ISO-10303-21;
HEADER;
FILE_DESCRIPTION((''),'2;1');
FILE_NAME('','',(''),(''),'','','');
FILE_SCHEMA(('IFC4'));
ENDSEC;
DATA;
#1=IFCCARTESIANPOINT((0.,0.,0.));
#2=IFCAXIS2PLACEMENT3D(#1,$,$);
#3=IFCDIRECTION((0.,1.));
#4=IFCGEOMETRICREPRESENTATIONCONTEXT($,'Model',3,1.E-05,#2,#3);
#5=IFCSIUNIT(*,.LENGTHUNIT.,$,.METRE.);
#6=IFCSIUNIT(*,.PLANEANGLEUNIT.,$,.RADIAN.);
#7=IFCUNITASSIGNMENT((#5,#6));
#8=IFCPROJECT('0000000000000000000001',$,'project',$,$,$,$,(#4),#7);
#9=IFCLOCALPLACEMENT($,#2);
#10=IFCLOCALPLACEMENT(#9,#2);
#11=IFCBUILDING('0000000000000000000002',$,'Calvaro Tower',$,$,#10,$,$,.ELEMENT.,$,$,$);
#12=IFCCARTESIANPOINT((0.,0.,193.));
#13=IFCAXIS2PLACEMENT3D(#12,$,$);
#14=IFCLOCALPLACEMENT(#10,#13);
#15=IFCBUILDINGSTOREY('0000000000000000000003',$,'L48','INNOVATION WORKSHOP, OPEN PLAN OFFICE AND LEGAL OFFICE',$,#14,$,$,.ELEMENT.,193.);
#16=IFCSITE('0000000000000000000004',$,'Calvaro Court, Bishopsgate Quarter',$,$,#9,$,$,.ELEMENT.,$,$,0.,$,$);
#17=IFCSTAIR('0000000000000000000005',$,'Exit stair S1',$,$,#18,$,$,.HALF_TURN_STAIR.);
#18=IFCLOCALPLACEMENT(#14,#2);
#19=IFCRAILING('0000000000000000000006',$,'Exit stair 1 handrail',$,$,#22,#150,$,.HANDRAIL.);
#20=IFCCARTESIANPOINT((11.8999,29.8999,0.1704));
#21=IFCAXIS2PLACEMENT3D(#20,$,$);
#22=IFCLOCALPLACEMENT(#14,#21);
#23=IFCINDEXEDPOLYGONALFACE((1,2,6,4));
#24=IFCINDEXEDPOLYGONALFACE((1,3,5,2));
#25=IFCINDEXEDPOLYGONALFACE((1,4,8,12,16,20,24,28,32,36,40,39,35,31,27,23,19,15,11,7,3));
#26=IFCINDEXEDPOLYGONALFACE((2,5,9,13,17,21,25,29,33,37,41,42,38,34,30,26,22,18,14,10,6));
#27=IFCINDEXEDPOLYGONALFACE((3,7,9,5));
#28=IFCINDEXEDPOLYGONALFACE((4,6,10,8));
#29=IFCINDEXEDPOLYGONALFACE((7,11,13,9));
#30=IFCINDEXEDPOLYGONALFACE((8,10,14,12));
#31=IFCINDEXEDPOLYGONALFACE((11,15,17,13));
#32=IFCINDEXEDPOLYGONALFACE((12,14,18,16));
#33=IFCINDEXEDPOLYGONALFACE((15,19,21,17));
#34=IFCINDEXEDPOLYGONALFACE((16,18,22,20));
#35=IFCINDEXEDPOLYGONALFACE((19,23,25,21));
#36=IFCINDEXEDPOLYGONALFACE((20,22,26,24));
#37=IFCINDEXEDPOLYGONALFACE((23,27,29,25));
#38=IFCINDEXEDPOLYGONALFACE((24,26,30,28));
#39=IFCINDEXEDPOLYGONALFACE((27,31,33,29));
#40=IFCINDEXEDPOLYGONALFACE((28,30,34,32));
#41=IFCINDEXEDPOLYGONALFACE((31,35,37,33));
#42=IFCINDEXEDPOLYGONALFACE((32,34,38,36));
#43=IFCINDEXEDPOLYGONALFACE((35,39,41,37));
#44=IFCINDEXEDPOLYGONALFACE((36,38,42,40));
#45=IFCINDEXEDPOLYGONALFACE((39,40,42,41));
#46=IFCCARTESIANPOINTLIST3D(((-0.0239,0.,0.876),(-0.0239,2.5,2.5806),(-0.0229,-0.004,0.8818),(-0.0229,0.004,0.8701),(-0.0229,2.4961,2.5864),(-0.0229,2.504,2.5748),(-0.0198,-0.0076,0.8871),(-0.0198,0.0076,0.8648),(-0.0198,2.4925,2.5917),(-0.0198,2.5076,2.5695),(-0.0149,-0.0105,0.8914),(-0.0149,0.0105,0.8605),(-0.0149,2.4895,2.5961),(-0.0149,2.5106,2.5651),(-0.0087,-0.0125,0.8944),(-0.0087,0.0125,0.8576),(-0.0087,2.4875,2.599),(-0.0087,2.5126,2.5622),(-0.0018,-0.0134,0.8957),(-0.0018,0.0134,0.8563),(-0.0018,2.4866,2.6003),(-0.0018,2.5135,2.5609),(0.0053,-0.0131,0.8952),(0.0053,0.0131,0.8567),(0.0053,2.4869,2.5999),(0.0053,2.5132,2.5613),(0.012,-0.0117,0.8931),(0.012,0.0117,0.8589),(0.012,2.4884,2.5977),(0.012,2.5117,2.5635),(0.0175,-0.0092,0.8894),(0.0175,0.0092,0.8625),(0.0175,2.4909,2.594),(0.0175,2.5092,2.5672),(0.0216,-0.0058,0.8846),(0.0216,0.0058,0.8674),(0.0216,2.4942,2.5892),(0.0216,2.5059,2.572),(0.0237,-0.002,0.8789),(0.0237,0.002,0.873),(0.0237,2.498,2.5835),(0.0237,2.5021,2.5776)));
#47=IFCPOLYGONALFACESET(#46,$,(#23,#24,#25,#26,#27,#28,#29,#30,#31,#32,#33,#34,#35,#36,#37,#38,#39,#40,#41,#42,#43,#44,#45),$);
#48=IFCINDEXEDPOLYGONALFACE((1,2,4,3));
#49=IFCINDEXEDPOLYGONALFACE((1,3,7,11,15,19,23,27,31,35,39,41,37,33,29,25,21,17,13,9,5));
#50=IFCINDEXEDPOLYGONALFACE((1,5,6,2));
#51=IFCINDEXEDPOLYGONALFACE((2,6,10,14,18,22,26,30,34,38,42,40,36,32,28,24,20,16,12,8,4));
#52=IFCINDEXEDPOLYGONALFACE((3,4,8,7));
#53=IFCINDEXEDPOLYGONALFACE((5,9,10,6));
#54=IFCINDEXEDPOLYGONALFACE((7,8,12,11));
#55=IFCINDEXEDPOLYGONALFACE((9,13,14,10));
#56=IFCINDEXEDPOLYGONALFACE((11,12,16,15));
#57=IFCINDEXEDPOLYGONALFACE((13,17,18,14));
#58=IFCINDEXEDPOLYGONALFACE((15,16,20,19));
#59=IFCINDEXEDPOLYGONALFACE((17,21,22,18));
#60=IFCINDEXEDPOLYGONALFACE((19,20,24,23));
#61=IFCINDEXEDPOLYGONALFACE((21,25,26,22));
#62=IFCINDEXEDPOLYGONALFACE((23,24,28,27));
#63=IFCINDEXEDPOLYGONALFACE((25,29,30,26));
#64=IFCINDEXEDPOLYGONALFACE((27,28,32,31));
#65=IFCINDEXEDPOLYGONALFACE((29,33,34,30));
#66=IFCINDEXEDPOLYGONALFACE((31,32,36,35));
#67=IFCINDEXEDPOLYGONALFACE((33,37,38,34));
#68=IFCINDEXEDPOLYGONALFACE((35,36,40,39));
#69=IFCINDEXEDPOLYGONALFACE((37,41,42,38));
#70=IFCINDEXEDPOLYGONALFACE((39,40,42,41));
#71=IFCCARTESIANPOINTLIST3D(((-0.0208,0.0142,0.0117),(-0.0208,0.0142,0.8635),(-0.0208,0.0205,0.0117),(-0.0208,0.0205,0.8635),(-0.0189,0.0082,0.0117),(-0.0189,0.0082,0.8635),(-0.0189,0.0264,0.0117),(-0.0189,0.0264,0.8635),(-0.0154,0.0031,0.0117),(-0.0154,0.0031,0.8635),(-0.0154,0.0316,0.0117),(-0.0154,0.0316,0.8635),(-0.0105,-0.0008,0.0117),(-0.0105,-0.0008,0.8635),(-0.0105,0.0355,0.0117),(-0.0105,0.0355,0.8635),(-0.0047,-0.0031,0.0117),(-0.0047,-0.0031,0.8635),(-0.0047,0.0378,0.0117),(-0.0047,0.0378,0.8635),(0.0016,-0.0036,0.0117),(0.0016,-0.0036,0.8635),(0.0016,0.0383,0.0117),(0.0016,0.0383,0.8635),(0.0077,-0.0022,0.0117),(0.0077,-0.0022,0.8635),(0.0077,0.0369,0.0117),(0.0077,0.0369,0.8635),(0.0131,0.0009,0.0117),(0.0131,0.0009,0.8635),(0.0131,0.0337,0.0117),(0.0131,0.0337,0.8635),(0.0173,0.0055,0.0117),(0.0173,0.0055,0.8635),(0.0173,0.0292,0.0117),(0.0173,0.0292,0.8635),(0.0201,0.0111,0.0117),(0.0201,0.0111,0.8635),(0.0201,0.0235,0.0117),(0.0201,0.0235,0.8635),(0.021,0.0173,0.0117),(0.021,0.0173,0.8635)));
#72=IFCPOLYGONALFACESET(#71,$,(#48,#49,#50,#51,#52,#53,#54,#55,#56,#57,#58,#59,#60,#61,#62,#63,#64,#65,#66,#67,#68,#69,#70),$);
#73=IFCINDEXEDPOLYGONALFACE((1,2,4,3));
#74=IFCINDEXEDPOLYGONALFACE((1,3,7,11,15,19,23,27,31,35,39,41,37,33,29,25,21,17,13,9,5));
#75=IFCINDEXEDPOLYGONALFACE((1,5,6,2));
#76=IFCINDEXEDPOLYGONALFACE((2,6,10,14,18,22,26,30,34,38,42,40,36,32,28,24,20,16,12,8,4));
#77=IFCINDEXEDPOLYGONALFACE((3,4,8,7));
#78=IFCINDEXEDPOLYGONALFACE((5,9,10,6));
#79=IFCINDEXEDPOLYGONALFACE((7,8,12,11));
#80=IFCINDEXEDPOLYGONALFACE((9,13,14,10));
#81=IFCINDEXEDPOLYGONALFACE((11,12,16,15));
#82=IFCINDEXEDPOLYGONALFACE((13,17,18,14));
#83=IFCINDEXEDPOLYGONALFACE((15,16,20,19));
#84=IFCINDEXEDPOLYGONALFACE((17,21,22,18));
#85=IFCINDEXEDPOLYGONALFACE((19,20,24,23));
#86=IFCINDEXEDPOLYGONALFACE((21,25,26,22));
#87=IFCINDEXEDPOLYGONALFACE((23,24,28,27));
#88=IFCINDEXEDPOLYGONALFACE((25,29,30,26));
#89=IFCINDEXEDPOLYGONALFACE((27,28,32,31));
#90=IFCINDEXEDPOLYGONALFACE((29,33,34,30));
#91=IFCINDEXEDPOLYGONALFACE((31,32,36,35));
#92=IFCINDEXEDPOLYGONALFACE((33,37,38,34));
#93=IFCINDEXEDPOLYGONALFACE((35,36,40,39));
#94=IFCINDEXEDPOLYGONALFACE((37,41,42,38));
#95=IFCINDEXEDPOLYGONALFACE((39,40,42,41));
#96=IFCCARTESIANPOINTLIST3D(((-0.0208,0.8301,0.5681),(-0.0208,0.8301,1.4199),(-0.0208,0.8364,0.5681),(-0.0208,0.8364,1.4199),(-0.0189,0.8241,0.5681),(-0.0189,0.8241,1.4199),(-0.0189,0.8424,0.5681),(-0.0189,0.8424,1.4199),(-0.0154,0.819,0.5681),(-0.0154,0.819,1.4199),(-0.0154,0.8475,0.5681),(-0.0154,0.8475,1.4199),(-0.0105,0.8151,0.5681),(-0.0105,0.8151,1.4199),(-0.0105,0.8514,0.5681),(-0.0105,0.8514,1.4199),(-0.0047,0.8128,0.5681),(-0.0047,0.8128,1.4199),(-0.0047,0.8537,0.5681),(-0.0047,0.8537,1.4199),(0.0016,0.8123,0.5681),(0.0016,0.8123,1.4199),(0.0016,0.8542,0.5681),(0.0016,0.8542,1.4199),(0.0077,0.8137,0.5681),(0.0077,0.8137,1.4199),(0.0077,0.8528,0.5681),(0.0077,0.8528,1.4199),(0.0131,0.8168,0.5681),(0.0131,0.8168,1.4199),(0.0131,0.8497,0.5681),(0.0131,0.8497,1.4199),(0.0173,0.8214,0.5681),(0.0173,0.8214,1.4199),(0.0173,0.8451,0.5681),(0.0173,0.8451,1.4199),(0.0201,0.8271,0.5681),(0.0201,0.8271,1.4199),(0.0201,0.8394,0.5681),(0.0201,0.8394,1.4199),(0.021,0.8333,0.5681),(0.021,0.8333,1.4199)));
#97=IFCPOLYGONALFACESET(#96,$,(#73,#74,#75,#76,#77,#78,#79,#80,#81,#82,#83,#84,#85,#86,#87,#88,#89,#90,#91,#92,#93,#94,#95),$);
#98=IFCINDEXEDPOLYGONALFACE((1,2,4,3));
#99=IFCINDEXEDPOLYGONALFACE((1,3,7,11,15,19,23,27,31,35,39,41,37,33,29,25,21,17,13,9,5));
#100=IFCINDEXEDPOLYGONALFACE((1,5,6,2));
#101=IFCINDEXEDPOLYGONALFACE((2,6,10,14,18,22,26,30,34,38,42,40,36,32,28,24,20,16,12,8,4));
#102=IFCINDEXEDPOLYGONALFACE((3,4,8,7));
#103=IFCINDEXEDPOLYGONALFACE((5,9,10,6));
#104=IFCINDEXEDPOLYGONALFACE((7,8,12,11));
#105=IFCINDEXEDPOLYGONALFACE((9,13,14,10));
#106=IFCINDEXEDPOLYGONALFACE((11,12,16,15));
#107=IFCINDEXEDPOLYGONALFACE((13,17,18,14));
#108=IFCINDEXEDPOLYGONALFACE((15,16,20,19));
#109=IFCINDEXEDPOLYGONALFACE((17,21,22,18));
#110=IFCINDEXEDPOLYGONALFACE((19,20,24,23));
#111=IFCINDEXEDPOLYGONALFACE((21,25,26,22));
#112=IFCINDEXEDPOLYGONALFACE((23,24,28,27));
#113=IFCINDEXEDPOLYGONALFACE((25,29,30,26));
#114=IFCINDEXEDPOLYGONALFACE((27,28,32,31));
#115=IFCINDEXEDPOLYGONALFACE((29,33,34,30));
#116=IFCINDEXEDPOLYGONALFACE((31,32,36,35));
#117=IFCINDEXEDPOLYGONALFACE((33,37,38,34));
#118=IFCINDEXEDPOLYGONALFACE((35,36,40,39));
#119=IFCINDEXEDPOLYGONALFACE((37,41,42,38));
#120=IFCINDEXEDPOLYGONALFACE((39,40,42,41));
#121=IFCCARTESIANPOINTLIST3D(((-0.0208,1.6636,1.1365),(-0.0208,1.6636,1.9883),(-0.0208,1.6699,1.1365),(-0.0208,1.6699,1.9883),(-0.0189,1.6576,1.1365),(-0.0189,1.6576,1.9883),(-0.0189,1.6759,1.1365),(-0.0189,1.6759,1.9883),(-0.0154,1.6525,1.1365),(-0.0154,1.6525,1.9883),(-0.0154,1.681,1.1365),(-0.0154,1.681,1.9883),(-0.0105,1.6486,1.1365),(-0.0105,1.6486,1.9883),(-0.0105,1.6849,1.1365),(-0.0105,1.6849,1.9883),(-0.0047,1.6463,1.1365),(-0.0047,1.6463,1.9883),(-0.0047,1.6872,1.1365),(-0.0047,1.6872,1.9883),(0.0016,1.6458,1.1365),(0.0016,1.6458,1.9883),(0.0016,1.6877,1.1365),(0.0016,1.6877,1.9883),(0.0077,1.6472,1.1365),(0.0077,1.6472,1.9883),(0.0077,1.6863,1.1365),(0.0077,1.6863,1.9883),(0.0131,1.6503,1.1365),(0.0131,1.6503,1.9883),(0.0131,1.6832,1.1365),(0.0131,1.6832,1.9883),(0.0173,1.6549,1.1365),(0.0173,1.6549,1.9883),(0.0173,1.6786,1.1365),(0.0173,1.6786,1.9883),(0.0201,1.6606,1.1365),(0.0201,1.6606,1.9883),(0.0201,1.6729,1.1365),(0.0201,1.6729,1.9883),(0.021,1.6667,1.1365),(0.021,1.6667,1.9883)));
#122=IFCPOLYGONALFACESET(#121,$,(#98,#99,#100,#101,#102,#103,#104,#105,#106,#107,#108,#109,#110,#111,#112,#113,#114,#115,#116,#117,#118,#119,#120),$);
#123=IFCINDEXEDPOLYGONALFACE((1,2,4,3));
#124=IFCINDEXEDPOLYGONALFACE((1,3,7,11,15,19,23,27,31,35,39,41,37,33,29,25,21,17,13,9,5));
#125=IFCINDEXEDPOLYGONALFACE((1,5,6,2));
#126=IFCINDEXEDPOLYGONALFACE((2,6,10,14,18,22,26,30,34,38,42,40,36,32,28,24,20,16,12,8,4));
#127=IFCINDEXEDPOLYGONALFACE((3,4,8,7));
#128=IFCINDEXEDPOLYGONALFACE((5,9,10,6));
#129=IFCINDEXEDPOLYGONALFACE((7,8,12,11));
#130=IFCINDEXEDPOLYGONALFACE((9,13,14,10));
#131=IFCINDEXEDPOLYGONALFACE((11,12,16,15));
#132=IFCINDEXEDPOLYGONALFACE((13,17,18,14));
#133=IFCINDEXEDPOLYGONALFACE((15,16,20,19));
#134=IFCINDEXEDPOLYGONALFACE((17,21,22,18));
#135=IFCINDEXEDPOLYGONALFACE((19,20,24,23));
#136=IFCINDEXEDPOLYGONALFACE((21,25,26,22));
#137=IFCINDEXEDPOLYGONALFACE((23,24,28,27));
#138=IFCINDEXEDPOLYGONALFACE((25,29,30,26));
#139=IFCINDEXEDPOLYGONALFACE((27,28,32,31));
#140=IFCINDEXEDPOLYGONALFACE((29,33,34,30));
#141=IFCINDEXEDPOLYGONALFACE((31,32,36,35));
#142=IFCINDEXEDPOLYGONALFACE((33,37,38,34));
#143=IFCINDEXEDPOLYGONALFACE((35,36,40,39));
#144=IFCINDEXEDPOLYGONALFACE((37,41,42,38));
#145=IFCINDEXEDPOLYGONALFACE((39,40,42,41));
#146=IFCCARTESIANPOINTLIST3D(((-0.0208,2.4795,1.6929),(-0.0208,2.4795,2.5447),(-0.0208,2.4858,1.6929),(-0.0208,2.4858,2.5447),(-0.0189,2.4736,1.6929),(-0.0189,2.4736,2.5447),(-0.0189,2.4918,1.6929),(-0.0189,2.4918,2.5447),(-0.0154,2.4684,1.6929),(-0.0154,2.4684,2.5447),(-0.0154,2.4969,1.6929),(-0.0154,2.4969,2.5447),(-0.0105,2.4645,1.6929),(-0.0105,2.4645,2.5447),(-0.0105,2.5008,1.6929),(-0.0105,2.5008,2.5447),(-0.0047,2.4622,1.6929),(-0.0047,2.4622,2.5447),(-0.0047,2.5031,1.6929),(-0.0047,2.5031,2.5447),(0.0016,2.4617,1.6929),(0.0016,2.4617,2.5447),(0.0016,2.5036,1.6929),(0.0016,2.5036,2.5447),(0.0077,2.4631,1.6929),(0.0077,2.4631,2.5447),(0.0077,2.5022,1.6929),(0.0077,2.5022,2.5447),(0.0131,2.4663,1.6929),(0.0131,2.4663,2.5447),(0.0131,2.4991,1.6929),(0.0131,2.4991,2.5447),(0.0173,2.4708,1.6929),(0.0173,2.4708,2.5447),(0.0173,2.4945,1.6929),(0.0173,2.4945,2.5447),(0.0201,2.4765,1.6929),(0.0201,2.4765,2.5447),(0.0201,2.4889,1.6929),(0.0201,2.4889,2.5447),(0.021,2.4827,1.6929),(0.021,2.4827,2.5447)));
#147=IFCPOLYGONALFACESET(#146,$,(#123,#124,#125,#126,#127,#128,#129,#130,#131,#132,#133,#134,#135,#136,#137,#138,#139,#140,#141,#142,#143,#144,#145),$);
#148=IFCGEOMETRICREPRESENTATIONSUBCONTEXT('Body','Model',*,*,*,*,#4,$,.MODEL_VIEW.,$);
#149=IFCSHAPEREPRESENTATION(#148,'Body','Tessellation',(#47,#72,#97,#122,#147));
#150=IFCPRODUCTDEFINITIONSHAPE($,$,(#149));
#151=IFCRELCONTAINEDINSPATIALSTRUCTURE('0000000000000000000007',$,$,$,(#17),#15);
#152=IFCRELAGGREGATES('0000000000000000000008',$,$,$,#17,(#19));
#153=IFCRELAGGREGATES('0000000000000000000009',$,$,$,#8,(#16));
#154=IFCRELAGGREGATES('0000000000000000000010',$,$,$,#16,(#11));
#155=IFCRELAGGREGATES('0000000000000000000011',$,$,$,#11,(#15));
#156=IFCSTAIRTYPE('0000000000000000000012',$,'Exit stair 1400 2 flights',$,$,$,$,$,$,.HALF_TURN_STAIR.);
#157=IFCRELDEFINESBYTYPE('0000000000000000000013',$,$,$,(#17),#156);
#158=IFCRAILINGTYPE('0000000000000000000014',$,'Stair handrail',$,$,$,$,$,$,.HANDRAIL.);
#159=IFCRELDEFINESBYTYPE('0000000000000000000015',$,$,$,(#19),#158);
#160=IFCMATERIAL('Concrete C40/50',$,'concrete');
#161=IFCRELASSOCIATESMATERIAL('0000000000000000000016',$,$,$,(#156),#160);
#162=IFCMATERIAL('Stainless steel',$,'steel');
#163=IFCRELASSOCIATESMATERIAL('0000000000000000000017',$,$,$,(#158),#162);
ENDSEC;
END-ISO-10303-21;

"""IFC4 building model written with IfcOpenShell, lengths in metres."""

from ifc_helpers import new_model, si_unit, direction, frame, origin, origin_2d, place, context, subcontext, project, spatial, circle, extrude, material, type_object, element, aggregate, save


model = new_model("IFC4")

# Units and contexts
model_context = context("Model", 3, precision=1e-05, world=origin(), true_north=direction((0.0, 1.0)))
body_context = subcontext(model_context, "Body", "Model", "MODEL_VIEW")
ifc_project = project(units=[si_unit("LENGTHUNIT", "METRE"), si_unit("PLANEANGLEUNIT", "RADIAN")], contexts=[model_context])

# Site, building, storey
site_placement = place(None, origin())
site = spatial("IfcSite", under=ifc_project, at=site_placement, Name="Calvaro Court, Bishopsgate Quarter", CompositionType="ELEMENT", RefElevation=0.0)
building_placement = place(site_placement, origin())
building = spatial("IfcBuilding", under=site, at=building_placement, Name="Calvaro Tower", CompositionType="ELEMENT")
storey_placement = place(building_placement, frame((0.0, 0.0, 193.0)))
storey = spatial("IfcBuildingStorey", under=building, at=storey_placement, Name="L48", Description="INNOVATION WORKSHOP, OPEN PLAN OFFICE AND LEGAL OFFICE", CompositionType="ELEMENT", Elevation=193.0)

# Stair, railing
ifc_material_1 = material(Name="Concrete C40/50", Category="concrete")
stair_type = type_object("IfcStairType", Name="Exit stair 1400 2 flights", PredefinedType="HALF_TURN_STAIR", material=ifc_material_1)
stair_placement = place(storey_placement, origin())
stair = element("IfcStair", 1, at=stair_placement, inside=storey, type_object=stair_type, Name="Exit stair S1", PredefinedType="HALF_TURN_STAIR")
ifc_material_2 = material(Name="Stainless steel", Category="steel")
railing_type = type_object("IfcRailingType", Name="Stair handrail", PredefinedType="HANDRAIL", material=ifc_material_2)
railing_1_placement = place(storey_placement, frame((11.8999, 29.8999, 0.1704)))
railing_1 = element("IfcRailing", 2, at=railing_1_placement, type_object=railing_type, Name="Exit stair 1 handrail", PredefinedType="HANDRAIL", context=body_context, shape_type="SweptSolid", body=[
    extrude(circle(Radius=0.0239, at=origin_2d()), frame((0.0, 0.0, 0.876), z_axis=(0.0, 0.826221, 0.563347), x_axis=(-1.0, 0.0, 0.0)), (0.0, 0.0, 1.0), 3.0259),
    extrude(circle(Radius=0.021, at=origin_2d()), frame((0.0, 0.0173, 0.0117)), (0.0, 0.0, 1.0), 0.8518),
    extrude(circle(Radius=0.021, at=origin_2d()), frame((0.0, 0.8333, 0.5681)), (0.0, 0.0, 1.0), 0.8518),
    extrude(circle(Radius=0.021, at=origin_2d()), frame((0.0, 1.6667, 1.1365)), (0.0, 0.0, 1.0), 0.8518),
    extrude(circle(Radius=0.021, at=origin_2d()), frame((0.0, 2.4827, 1.6929)), (0.0, 0.0, 1.0), 0.8518),
])
aggregate(stair, [railing_1])

save(model, "model.ifc")
